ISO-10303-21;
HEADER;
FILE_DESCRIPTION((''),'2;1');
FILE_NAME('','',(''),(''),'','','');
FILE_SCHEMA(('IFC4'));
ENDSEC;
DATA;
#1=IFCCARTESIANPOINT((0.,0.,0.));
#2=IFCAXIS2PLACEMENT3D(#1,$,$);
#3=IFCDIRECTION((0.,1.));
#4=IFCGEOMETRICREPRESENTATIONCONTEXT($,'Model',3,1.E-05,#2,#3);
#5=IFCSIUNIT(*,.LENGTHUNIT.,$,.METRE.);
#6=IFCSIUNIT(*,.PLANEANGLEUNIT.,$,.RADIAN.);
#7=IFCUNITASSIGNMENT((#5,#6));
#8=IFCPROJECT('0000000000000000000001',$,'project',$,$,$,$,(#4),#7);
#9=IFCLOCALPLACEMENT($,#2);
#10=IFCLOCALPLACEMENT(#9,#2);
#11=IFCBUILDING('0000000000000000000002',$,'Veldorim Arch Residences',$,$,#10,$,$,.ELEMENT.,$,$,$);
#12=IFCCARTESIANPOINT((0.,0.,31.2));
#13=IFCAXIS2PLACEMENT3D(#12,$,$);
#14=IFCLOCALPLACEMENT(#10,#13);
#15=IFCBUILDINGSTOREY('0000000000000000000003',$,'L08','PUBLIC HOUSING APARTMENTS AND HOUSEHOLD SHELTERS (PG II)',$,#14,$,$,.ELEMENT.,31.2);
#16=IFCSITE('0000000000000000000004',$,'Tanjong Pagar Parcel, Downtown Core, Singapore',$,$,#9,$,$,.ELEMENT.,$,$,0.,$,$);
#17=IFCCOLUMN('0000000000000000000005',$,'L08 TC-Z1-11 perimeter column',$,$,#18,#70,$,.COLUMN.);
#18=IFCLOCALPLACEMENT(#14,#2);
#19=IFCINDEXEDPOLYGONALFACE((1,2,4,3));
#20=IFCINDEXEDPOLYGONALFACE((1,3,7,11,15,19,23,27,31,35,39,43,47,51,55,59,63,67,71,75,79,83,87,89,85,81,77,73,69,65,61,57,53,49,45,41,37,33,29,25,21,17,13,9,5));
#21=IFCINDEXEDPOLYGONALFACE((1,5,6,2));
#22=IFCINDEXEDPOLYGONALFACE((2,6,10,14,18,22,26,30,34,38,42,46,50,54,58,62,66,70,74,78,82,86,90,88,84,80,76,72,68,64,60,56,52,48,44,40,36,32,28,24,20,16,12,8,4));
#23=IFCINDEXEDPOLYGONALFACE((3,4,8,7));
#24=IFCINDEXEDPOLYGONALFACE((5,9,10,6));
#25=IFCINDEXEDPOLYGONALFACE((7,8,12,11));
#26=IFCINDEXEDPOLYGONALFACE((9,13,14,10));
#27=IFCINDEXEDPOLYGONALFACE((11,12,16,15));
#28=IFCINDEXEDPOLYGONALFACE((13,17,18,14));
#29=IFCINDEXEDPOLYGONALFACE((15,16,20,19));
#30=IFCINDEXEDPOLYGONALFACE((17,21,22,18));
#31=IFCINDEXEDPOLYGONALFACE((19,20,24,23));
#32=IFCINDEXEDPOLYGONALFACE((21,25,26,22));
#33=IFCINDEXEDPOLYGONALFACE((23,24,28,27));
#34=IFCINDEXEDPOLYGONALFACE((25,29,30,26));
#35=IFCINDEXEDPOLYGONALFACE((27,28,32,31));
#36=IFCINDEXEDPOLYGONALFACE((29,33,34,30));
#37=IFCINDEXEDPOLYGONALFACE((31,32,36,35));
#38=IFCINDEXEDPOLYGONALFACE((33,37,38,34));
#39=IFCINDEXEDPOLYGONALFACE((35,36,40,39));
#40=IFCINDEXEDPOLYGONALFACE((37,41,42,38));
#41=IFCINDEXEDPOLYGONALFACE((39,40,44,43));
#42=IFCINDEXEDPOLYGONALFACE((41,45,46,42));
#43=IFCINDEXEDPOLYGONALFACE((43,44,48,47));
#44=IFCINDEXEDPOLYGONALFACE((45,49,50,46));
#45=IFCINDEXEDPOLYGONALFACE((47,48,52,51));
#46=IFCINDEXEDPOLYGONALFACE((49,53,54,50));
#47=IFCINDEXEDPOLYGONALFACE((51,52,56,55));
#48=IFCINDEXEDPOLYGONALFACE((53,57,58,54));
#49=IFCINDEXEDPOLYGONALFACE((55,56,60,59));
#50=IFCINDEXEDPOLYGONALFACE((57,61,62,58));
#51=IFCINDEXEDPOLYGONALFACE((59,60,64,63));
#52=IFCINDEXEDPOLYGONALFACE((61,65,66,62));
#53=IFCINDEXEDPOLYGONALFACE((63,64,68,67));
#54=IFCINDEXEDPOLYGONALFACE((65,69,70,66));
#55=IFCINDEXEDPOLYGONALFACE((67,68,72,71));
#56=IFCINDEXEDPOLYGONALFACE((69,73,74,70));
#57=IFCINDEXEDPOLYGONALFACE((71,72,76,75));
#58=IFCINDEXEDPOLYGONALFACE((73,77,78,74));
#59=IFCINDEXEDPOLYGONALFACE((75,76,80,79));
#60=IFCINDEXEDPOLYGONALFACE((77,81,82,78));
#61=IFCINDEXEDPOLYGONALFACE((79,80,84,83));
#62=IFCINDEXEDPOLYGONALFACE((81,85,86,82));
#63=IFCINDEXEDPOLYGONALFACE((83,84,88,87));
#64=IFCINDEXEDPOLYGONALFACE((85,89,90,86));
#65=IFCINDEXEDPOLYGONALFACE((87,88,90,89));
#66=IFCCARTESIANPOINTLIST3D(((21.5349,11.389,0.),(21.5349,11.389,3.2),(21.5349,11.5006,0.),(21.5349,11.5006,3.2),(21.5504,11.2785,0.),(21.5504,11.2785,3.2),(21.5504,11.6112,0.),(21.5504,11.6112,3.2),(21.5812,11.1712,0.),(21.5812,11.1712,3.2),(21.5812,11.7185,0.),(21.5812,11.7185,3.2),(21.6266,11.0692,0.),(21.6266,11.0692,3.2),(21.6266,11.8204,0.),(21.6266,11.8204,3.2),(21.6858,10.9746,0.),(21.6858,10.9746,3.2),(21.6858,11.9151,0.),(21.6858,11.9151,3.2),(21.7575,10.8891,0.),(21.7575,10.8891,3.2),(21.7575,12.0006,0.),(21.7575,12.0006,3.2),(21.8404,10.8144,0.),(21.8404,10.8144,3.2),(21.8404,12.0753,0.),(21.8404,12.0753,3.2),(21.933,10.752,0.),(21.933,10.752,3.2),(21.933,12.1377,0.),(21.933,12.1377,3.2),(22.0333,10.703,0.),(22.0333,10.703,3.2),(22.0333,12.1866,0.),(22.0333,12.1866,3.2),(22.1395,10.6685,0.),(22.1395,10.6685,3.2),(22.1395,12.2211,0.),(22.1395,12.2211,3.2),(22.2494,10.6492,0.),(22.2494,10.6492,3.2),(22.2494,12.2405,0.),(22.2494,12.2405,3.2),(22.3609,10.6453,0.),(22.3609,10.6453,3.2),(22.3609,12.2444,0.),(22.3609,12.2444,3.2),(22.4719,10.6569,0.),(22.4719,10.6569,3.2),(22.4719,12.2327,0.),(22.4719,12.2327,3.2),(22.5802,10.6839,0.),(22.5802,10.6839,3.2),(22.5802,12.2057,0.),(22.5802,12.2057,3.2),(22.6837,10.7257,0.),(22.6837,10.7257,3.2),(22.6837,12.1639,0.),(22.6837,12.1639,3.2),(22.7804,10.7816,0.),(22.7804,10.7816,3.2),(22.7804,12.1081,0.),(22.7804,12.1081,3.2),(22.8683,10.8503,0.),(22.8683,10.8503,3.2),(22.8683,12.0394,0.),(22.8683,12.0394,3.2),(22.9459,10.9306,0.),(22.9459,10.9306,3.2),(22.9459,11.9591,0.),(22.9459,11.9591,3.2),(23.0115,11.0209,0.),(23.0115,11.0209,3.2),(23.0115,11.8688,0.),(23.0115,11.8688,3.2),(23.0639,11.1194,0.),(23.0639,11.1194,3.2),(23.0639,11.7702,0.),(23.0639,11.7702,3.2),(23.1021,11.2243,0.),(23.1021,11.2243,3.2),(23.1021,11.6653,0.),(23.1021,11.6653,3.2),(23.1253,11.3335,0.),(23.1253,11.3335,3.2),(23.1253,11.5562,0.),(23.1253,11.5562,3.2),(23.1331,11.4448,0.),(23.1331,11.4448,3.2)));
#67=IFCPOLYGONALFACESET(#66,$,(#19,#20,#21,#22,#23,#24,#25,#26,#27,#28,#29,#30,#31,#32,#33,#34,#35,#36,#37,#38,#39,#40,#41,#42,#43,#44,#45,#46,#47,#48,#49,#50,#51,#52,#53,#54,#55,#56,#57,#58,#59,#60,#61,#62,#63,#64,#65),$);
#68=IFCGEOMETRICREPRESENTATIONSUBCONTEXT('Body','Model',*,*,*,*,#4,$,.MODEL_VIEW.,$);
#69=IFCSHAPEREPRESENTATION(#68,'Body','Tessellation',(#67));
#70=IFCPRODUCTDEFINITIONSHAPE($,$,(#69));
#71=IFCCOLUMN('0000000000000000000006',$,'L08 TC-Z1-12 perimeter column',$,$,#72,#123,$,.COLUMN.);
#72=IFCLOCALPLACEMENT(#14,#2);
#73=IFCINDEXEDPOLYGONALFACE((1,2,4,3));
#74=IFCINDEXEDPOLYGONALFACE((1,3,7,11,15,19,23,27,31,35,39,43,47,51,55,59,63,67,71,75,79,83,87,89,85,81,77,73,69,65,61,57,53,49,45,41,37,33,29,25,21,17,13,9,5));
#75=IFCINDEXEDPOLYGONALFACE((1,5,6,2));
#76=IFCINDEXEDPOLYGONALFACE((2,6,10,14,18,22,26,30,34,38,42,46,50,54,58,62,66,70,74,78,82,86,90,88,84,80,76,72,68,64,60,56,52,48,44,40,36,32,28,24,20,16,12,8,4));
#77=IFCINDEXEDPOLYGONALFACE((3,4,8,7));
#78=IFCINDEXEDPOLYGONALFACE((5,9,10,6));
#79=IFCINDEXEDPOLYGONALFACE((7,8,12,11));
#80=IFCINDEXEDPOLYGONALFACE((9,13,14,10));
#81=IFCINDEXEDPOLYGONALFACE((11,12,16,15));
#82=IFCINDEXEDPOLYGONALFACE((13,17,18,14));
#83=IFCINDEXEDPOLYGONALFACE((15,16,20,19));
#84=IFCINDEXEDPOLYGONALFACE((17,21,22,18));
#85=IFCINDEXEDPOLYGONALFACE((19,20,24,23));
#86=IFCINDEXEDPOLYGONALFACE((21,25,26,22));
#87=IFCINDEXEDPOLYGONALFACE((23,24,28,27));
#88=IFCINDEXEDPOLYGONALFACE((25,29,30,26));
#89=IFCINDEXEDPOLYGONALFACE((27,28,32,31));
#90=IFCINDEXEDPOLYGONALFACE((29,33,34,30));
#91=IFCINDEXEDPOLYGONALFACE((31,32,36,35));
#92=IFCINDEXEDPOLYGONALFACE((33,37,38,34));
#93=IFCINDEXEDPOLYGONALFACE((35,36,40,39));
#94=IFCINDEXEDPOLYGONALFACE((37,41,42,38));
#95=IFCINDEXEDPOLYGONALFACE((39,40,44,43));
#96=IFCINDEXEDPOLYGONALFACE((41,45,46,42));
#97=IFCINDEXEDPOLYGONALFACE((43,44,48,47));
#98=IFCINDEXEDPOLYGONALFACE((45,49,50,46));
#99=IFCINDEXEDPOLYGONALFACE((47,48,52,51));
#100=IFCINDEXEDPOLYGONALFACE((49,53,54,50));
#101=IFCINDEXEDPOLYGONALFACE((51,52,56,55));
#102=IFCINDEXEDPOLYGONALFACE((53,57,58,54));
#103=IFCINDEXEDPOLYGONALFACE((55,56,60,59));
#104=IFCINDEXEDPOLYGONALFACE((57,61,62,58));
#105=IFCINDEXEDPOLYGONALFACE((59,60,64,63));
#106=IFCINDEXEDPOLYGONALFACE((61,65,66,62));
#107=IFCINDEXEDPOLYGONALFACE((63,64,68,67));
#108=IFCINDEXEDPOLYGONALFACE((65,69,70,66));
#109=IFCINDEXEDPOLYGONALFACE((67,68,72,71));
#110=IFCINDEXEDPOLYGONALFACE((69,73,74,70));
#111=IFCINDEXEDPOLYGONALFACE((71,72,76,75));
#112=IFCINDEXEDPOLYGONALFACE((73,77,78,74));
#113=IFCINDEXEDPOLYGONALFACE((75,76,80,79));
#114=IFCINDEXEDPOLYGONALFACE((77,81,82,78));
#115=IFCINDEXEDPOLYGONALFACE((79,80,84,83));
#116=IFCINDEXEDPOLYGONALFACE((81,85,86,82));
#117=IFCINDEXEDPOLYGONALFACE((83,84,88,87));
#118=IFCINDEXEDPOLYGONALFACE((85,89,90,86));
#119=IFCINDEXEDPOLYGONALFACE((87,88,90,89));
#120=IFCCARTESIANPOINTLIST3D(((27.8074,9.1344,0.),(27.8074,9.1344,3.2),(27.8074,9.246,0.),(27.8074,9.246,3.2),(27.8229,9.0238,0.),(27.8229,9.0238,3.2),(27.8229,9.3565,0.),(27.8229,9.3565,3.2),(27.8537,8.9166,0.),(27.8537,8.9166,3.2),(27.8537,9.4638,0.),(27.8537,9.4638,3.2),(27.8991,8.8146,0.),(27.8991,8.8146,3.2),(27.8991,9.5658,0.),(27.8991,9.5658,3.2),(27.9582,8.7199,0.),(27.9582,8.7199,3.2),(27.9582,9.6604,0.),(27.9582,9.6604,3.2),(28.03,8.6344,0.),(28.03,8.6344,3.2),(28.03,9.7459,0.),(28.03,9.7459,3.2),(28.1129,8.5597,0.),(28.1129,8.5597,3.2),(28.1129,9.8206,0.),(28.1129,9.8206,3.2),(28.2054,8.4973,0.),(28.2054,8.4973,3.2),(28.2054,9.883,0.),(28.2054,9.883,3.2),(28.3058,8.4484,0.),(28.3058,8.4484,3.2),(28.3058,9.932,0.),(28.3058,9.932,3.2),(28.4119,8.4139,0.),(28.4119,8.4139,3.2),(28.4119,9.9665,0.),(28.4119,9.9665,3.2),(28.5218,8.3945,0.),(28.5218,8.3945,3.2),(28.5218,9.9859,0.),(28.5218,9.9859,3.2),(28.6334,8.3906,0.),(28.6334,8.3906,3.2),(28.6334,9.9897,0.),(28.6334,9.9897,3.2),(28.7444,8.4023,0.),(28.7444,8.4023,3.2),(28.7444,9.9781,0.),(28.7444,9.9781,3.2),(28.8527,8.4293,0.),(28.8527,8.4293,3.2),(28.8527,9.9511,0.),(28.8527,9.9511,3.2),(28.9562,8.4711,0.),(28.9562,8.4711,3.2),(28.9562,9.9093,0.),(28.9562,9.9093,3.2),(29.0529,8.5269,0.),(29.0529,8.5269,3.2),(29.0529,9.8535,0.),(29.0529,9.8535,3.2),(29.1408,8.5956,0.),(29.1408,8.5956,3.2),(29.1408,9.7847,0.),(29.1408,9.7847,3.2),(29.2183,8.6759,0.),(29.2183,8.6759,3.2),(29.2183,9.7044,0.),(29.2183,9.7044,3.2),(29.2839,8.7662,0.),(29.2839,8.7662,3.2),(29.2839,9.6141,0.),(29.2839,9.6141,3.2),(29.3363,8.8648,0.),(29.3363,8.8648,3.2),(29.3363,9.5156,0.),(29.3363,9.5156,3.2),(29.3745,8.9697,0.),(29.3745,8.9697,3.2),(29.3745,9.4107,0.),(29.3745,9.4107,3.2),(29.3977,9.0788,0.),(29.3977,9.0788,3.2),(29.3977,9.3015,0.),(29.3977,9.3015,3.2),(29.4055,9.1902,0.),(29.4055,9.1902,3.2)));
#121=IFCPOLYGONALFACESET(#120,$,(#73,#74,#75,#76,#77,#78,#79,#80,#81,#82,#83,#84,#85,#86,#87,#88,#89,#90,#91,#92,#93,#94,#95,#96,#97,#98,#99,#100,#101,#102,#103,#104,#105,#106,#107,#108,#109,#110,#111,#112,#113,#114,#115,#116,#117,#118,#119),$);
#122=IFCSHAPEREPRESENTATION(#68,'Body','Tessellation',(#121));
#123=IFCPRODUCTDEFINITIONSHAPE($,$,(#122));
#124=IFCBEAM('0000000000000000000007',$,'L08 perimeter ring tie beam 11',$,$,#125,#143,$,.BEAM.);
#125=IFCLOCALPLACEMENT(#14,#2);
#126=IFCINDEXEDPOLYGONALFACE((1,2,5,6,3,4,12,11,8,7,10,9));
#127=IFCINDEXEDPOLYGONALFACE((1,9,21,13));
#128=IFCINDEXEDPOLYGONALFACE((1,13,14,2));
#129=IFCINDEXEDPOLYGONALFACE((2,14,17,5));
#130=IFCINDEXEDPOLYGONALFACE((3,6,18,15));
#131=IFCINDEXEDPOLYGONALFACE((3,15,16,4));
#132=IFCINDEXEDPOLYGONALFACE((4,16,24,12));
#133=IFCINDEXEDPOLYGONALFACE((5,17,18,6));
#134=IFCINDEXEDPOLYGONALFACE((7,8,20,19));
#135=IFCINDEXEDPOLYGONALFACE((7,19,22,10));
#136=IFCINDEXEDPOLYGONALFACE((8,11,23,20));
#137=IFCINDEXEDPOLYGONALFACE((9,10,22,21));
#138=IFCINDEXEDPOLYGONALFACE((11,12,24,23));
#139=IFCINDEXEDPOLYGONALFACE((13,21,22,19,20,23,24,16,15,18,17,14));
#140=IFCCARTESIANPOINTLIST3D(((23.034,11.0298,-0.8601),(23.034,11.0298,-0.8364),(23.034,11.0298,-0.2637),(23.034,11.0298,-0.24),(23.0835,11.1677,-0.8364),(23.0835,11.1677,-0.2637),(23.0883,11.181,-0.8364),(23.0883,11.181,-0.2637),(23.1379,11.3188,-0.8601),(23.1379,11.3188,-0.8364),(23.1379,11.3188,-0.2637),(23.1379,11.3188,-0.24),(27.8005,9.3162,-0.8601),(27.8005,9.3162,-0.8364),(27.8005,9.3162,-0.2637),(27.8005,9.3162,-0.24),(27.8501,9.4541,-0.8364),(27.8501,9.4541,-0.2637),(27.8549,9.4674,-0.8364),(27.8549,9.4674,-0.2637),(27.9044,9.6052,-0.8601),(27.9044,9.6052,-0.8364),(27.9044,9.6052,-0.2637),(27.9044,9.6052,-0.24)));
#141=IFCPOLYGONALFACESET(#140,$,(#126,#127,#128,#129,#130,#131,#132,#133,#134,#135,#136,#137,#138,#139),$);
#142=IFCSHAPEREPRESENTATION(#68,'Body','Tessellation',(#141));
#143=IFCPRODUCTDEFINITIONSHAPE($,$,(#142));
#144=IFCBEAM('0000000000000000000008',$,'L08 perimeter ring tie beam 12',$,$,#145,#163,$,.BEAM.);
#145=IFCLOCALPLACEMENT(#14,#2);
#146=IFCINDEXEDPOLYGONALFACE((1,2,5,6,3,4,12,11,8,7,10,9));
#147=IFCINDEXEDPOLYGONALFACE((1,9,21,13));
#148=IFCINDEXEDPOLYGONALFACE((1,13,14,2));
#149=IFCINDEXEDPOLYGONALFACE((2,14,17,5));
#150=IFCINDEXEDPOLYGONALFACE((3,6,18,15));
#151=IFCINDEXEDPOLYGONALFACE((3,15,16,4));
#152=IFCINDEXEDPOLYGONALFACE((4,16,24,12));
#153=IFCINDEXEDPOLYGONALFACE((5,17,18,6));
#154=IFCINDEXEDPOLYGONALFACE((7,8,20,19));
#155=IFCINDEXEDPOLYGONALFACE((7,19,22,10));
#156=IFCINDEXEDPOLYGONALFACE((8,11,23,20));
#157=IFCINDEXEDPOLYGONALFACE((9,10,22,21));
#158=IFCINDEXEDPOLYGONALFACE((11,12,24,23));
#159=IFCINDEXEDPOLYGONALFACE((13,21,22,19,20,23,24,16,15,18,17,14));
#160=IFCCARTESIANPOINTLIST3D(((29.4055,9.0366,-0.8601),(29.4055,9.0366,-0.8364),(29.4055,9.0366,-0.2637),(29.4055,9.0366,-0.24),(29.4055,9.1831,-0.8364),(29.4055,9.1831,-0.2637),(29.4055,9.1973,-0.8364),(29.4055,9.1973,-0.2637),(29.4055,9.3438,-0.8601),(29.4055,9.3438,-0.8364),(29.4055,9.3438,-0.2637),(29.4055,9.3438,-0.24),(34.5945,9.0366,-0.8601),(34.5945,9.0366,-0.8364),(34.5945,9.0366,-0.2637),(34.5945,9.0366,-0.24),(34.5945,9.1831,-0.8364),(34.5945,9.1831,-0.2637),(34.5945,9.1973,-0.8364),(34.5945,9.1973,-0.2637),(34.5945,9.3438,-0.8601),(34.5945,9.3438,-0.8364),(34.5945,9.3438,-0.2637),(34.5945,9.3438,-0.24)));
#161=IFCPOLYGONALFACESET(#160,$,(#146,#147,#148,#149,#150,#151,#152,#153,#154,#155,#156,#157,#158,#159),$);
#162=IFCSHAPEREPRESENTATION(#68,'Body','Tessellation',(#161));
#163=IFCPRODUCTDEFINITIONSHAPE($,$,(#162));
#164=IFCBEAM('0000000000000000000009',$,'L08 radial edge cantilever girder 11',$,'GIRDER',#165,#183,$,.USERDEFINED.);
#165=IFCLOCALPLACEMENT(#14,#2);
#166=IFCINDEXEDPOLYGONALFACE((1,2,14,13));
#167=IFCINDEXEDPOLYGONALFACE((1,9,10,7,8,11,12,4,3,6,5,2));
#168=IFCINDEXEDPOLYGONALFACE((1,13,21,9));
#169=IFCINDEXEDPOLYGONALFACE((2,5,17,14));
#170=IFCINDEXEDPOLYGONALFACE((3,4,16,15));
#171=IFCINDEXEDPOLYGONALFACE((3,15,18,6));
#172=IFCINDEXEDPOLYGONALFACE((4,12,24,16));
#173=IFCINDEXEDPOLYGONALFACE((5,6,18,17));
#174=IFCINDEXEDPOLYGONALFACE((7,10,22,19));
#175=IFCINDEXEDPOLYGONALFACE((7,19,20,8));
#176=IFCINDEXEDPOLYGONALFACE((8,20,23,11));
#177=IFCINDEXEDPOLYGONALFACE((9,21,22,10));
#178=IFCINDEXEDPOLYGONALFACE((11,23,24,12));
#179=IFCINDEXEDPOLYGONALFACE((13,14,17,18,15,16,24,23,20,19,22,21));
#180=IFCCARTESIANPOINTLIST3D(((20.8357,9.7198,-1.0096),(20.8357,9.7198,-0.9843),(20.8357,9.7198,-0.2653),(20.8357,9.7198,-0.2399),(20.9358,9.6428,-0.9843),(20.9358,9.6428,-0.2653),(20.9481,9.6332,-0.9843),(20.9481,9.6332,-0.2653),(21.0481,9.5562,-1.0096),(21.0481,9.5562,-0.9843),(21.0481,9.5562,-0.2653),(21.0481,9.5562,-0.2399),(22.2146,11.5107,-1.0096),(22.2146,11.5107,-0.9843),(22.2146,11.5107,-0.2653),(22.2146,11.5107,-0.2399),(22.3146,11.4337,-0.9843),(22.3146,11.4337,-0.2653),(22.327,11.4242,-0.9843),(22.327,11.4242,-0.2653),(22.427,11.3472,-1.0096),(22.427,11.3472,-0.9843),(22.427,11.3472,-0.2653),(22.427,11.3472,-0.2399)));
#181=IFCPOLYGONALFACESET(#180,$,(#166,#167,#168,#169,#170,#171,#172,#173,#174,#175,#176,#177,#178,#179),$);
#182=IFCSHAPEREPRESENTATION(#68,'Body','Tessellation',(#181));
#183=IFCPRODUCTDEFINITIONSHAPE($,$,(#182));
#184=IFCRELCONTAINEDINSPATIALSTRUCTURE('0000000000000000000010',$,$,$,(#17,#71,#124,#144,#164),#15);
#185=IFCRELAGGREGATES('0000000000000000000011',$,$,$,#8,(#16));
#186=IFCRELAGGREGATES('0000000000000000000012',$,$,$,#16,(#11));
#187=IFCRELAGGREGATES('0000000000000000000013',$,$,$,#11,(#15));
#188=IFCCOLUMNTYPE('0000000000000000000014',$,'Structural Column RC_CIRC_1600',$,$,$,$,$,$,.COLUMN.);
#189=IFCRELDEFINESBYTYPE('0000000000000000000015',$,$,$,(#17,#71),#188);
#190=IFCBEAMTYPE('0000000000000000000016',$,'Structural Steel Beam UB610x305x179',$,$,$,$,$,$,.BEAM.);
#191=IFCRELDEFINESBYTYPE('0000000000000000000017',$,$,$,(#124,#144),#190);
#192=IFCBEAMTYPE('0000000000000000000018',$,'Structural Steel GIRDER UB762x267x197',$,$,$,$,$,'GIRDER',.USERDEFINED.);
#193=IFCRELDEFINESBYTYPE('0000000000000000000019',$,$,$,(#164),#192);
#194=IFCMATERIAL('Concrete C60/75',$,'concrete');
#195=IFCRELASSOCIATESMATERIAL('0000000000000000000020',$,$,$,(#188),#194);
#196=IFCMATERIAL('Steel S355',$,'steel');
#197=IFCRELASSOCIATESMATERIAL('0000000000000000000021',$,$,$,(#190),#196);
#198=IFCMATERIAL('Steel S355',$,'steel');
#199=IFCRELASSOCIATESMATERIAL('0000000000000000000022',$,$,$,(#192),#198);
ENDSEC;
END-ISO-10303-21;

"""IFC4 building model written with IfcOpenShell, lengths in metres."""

from ifc_helpers import new_model, si_unit, direction, frame, origin, origin_2d, place, context, subcontext, project, spatial, circle, i_section, extrude, material, material_profile, profile_set, type_object, element, save


model = new_model("IFC4")

# Units and contexts
model_context = context("Model", 3, precision=1e-05, world=origin(), true_north=direction((0.0, 1.0)))
body_context = subcontext(model_context, "Body", "Model", "MODEL_VIEW")
ifc_project = project(units=[si_unit("LENGTHUNIT", "METRE"), si_unit("PLANEANGLEUNIT", "RADIAN")], contexts=[model_context])

# Site, building, storey
site_placement = place(None, origin())
site = spatial("IfcSite", under=ifc_project, at=site_placement, Name="Tanjong Pagar Parcel, Downtown Core, Singapore", CompositionType="ELEMENT", RefElevation=0.0)
building_placement = place(site_placement, origin())
building = spatial("IfcBuilding", under=site, at=building_placement, Name="Veldorim Arch Residences", CompositionType="ELEMENT")
storey_placement = place(building_placement, frame((0.0, 0.0, 31.2)))
storey = spatial("IfcBuildingStorey", under=building, at=storey_placement, Name="L08", Description="PUBLIC HOUSING APARTMENTS AND HOUSEHOLD SHELTERS (PG II)", CompositionType="ELEMENT", Elevation=31.2)

# Columns
ifc_material_1 = material(Name="Concrete C60/75", Category="concrete")
ifc_material_profile_1 = material_profile(ifc_material_1, circle(Radius=0.8, at=origin_2d()), Name="RC_CIRC_1600")
ifc_profile_set_1 = profile_set([ifc_material_profile_1], Name="Concrete C60/75")
column_type = type_object("IfcColumnType", Name="Structural Column RC_CIRC_1600", PredefinedType="COLUMN", material=ifc_profile_set_1)
for number, where, z_axis, x_axis, name in (
    (1, (22.333, 11.4448, 0.0), (0.0, 0.0, 1.0), (1.0, 0.0, 0.0), "L08 TC-Z1-11 perimeter column"),
    (2, (28.6055, 9.1902, 0.0), (0.0, 0.0, 1.0), (1.0, 0.0, 0.0), "L08 TC-Z1-12 perimeter column"),
):
    element("IfcColumn", number, at=place(storey_placement, frame(where, z_axis=z_axis, x_axis=x_axis)), inside=storey, type_object=column_type, Name=name, PredefinedType="COLUMN", context=body_context, shape_type="SweptSolid", body=[
        extrude(circle(Radius=0.8, at=origin_2d()), origin(), (0.0, 0.0, 1.0), 3.2),
    ])

# Beams
ifc_material_2 = material(Name="Steel S355", Category="steel")
ifc_material_profile_2 = material_profile(ifc_material_2, i_section(OverallWidth=0.3071, OverallDepth=0.6201, WebThickness=0.0142, FlangeThickness=0.0237, at=origin_2d()), Name="UB610x305x179")
ifc_profile_set_2 = profile_set([ifc_material_profile_2], Name="Steel S355")
beam_type_1 = type_object("IfcBeamType", Name="Structural Steel Beam UB610x305x179", PredefinedType="BEAM", material=ifc_profile_set_2)
beam_1_placement = place(storey_placement, frame((23.0859, 11.1743, -0.55), z_axis=(0.941035, -0.338308, 0.0), x_axis=(0.338308, 0.941035, 0.0)))
element("IfcBeam", 3, at=beam_1_placement, inside=storey, type_object=beam_type_1, Name="L08 perimeter ring tie beam 11", PredefinedType="BEAM", context=body_context, shape_type="SweptSolid", body=[
    extrude(i_section(OverallWidth=0.3071, OverallDepth=0.6201, WebThickness=0.0142, FlangeThickness=0.0237, at=origin_2d()), origin(), (0.0, 0.0, 1.0), 5.0652),
])
beam_2_placement = place(storey_placement, frame((29.4055, 9.1902, -0.55), z_axis=(1.0, 0.0, 0.0), x_axis=(0.0, 1.0, 0.0)))
element("IfcBeam", 4, at=beam_2_placement, inside=storey, type_object=beam_type_1, Name="L08 perimeter ring tie beam 12", PredefinedType="BEAM", context=body_context, shape_type="SweptSolid", body=[
    extrude(i_section(OverallWidth=0.3071, OverallDepth=0.6201, WebThickness=0.0142, FlangeThickness=0.0237, at=origin_2d()), origin(), (0.0, 0.0, 1.0), 5.189),
])
ifc_material_3 = material(Name="Steel S355", Category="steel")
ifc_material_profile_3 = material_profile(ifc_material_3, i_section(OverallWidth=0.2681, OverallDepth=0.7698, WebThickness=0.0156, FlangeThickness=0.0254, at=origin_2d()), Name="UB762x267x197")
ifc_profile_set_3 = profile_set([ifc_material_profile_3], Name="Steel S355")
beam_type_2 = type_object("IfcBeamType", Name="Structural Steel GIRDER UB762x267x197", ElementType="GIRDER", PredefinedType="USERDEFINED", material=ifc_profile_set_3)
beam_3_placement = place(storey_placement, frame((22.3208, 11.429, -0.6248), z_axis=(-0.610045, -0.792367, 0.0), x_axis=(0.792367, -0.610045, 0.0)))
element("IfcBeam", 5, at=beam_3_placement, inside=storey, type_object=beam_type_2, Name="L08 radial edge cantilever girder 11", ObjectType="GIRDER", PredefinedType="USERDEFINED", context=body_context, shape_type="SweptSolid", body=[
    extrude(i_section(OverallWidth=0.2681, OverallDepth=0.7698, WebThickness=0.0156, FlangeThickness=0.0254, at=origin_2d()), origin(), (0.0, 0.0, 1.0), 2.2603),
])

save(model, "model.ifc")
